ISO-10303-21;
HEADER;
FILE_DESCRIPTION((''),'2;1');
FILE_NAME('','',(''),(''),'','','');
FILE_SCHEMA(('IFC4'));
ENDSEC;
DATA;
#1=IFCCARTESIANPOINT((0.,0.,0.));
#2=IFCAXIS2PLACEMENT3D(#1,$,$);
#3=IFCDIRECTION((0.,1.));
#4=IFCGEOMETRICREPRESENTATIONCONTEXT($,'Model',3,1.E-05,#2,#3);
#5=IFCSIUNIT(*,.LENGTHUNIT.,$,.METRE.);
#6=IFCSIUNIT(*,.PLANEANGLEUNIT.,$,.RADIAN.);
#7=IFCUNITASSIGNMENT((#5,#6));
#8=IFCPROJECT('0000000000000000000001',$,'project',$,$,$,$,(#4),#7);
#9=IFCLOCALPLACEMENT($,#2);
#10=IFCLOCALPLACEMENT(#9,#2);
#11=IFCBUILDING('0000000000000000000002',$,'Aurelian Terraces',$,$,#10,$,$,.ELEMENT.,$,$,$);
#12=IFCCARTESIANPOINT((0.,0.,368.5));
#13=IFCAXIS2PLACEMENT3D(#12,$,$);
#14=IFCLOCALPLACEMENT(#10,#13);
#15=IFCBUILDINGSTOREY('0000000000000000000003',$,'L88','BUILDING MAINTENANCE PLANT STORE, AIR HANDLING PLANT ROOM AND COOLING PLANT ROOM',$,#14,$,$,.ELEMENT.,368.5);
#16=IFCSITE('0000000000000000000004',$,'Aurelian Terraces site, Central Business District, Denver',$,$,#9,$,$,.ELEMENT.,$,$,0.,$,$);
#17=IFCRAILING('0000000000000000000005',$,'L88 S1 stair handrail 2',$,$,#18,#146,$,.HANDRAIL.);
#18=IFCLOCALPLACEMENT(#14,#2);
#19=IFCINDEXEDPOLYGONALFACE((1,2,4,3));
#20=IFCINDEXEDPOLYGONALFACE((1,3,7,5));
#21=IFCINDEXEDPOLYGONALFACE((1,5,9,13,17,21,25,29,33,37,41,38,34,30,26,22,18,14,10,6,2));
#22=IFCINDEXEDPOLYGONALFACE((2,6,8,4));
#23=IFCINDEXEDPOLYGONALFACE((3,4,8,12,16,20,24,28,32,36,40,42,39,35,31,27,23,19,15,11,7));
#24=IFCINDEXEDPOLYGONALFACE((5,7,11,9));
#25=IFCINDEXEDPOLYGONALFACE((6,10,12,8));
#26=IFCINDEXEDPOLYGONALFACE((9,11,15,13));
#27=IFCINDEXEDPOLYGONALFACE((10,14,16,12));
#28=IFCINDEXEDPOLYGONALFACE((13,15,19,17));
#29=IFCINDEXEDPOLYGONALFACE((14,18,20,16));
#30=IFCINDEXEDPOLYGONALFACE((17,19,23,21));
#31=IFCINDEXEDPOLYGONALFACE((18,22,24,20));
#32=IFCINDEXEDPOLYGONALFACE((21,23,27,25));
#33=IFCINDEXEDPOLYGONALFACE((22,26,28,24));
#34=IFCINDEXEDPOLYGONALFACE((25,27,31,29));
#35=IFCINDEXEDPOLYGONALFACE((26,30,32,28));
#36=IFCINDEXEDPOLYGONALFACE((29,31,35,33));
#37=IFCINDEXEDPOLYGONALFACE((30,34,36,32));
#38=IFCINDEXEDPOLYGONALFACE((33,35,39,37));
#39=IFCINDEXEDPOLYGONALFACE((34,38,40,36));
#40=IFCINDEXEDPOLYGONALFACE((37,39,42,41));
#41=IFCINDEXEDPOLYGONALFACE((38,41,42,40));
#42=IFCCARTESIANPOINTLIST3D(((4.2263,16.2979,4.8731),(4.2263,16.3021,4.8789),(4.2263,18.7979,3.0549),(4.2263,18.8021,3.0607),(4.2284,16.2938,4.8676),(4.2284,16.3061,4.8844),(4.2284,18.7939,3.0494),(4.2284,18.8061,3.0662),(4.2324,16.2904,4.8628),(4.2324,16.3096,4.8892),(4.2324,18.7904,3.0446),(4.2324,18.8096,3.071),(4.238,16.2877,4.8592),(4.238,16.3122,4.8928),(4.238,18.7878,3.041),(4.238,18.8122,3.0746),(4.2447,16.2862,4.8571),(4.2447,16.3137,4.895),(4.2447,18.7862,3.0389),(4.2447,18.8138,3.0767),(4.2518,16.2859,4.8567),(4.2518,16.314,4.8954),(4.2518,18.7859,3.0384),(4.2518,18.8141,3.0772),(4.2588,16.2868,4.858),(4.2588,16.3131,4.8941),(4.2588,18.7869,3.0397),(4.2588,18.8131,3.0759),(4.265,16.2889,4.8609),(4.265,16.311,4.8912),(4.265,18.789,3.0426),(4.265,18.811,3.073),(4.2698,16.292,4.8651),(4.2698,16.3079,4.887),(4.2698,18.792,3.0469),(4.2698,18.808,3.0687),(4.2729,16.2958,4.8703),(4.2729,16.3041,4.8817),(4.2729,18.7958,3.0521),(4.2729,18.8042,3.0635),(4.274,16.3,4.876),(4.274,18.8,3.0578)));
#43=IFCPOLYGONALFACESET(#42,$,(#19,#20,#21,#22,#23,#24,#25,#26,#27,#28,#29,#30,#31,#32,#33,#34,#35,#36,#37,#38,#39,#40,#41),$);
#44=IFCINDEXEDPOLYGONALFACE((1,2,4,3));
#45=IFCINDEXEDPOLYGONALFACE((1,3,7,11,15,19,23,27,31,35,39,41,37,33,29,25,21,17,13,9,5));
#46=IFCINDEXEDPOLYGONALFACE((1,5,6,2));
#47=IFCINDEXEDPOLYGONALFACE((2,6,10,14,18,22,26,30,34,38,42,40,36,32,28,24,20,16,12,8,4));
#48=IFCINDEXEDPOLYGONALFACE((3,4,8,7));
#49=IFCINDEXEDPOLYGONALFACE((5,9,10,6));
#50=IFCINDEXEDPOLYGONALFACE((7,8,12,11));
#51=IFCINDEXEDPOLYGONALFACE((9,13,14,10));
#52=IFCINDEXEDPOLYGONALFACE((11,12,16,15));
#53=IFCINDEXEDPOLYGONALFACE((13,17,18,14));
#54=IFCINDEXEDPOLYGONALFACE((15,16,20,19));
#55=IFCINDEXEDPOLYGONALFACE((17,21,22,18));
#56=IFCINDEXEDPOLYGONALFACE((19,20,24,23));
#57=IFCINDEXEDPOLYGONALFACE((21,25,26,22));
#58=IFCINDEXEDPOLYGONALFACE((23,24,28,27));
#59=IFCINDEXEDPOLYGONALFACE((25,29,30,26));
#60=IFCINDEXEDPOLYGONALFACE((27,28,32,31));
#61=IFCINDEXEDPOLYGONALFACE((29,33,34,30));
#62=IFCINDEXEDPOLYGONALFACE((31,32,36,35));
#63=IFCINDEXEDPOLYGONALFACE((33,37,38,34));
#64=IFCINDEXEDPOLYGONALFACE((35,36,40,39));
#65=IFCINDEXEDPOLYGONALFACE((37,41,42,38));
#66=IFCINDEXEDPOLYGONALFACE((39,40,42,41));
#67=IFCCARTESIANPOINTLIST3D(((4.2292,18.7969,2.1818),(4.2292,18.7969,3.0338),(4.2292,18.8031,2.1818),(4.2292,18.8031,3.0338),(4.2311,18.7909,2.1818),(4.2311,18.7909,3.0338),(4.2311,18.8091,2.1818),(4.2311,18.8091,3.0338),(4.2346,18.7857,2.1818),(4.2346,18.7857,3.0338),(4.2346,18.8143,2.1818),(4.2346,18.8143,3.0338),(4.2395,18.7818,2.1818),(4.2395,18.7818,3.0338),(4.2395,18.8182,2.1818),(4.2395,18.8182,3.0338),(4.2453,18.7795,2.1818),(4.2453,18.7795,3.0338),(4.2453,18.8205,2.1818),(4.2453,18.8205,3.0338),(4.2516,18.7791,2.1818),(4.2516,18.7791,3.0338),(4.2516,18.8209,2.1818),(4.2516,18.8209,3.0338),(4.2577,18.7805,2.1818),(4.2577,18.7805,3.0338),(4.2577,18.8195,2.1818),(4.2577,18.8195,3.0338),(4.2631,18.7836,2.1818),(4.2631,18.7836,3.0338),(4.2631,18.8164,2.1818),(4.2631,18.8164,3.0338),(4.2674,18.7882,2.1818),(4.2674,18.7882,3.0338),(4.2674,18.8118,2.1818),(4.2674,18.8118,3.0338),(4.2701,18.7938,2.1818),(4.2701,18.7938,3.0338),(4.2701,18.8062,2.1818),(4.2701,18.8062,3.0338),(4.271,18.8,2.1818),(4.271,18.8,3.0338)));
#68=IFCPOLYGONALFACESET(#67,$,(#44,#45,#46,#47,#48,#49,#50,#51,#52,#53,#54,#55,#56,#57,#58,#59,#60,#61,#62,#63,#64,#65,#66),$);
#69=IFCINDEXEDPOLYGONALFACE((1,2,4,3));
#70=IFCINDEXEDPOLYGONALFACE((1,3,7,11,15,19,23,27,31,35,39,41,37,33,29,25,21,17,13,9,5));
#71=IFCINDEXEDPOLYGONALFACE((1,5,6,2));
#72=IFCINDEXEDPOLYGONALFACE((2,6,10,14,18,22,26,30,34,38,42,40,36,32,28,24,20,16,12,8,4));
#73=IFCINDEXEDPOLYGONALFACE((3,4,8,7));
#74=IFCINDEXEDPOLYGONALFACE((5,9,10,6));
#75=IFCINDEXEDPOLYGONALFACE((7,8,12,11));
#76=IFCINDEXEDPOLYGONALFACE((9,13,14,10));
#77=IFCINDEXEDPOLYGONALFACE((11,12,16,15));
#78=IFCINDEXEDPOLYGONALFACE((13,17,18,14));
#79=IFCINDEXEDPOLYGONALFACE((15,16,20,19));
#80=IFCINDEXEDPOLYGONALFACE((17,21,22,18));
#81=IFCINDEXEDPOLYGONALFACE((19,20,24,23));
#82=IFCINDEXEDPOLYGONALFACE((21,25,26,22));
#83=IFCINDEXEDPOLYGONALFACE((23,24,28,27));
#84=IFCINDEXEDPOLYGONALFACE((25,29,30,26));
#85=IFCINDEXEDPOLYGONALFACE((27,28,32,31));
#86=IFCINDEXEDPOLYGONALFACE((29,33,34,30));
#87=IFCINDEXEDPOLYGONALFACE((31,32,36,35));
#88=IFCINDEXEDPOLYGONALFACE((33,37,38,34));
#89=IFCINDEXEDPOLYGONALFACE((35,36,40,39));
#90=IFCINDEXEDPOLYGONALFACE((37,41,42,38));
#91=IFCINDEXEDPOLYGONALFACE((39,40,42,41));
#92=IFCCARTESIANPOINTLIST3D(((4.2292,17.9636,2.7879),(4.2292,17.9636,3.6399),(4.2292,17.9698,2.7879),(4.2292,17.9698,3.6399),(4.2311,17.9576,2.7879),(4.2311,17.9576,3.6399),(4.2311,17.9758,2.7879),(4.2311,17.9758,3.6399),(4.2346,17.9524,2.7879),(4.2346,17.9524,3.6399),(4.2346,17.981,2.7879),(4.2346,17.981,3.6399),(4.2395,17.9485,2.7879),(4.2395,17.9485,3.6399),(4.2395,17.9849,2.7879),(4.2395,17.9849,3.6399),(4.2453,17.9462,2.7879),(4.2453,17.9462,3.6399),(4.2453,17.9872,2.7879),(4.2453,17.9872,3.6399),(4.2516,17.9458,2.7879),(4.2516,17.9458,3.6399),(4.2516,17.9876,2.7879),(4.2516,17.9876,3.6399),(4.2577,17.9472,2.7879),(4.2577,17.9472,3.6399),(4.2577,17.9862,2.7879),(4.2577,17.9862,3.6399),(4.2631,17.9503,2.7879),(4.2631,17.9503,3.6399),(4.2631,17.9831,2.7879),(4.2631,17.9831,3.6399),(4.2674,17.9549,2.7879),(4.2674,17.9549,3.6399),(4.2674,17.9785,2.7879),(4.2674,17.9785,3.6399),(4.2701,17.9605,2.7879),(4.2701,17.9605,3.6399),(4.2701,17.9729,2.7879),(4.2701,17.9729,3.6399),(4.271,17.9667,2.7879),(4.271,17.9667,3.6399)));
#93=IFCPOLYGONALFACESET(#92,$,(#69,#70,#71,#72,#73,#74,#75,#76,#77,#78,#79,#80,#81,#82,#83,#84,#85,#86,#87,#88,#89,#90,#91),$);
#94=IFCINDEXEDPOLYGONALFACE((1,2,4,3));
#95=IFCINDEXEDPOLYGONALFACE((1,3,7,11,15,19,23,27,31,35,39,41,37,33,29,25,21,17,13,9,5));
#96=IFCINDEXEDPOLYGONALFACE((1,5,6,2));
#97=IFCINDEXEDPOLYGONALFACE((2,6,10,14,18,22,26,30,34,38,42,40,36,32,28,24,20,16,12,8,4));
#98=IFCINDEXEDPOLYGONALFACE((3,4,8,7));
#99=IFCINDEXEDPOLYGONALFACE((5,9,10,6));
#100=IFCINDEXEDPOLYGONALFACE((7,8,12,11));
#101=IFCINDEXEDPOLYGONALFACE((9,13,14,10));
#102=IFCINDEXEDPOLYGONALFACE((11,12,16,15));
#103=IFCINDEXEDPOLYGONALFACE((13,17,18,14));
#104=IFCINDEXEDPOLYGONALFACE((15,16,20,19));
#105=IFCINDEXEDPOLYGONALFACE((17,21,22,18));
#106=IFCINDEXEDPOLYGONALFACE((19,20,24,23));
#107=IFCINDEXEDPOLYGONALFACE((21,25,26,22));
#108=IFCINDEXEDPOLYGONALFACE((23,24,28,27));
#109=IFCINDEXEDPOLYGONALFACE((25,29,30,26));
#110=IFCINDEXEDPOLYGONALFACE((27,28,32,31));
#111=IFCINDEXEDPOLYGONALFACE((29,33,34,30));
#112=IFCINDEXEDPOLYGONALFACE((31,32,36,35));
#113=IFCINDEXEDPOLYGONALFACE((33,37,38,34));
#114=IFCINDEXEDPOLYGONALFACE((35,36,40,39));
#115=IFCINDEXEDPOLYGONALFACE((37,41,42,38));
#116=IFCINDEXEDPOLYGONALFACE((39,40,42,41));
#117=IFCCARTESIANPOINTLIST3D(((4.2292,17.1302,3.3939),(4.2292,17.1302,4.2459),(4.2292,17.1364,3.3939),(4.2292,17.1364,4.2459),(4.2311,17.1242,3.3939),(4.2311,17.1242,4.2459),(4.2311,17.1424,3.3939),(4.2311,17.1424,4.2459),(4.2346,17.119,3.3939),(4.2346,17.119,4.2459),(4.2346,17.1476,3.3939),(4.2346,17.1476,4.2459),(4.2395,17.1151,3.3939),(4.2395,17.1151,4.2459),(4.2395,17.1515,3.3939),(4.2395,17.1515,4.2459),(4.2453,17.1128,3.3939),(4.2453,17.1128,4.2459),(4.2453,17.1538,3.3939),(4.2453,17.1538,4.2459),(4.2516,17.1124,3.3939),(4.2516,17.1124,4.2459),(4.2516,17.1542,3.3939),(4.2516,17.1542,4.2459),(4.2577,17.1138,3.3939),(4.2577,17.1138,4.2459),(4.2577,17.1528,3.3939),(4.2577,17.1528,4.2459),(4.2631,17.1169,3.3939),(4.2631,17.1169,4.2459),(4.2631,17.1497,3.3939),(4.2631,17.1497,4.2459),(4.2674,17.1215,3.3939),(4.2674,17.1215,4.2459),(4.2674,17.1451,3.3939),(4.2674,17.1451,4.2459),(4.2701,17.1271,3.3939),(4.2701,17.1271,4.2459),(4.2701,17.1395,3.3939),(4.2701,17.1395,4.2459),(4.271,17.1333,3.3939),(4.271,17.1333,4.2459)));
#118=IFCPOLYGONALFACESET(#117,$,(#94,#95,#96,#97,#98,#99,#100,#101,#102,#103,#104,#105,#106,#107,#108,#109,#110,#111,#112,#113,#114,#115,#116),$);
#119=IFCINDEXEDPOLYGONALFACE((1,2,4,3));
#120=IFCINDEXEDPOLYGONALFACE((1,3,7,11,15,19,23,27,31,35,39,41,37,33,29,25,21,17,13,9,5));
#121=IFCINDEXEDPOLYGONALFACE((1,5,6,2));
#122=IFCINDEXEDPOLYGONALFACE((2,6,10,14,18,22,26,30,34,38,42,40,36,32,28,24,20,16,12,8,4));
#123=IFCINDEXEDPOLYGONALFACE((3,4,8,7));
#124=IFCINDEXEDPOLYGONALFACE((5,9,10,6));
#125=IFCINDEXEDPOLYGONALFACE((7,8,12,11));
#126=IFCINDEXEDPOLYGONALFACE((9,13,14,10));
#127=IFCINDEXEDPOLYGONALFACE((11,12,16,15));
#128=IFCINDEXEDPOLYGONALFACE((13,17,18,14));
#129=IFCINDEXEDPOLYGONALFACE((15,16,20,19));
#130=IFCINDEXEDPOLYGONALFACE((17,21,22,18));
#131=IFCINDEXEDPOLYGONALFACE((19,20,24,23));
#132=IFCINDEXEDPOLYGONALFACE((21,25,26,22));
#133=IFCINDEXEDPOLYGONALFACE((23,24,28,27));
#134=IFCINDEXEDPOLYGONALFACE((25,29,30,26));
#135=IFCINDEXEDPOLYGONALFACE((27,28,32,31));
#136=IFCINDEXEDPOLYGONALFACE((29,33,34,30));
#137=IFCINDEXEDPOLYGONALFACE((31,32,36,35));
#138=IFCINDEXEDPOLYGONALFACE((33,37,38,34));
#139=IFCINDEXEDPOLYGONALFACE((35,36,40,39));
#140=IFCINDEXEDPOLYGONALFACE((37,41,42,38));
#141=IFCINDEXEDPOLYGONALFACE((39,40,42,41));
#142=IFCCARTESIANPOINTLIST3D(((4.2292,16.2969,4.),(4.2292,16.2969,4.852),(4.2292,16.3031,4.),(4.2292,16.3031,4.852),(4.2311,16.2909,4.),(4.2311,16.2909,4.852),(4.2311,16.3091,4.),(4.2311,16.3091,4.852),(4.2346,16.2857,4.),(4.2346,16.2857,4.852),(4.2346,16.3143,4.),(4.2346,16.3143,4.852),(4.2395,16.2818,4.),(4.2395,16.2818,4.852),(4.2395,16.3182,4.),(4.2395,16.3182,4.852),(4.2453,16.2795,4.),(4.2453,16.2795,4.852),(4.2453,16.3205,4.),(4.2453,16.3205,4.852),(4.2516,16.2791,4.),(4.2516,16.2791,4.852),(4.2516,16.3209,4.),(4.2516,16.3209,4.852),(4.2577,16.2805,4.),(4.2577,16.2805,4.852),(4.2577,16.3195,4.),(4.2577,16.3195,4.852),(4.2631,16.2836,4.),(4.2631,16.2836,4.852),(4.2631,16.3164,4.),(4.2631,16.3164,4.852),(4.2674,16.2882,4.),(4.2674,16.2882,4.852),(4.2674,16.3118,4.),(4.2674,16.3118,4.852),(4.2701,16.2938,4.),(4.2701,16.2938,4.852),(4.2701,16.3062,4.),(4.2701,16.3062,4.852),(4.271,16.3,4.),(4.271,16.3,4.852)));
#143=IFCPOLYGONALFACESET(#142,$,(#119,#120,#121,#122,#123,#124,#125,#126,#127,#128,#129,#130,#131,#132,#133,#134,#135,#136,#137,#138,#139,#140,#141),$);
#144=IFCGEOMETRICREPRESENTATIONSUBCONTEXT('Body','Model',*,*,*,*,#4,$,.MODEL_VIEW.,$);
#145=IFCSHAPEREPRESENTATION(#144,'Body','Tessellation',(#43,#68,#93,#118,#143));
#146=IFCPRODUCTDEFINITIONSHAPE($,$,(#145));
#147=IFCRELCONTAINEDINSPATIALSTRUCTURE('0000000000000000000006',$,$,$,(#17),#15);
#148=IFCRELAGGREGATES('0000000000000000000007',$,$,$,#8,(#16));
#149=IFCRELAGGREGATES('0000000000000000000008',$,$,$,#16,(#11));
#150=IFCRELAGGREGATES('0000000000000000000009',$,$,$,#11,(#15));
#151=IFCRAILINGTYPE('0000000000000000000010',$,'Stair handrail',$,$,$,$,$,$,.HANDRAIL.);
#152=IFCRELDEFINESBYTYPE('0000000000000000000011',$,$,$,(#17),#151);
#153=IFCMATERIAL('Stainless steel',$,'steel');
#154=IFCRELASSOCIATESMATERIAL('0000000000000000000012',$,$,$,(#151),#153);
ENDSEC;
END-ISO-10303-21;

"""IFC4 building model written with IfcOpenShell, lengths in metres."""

from ifc_helpers import new_model, si_unit, direction, frame, origin, origin_2d, place, context, subcontext, project, spatial, circle, extrude, source, transform, mapped, material, type_object, element, save


model = new_model("IFC4")

# Units and contexts
model_context = context("Model", 3, precision=1e-05, world=origin(), true_north=direction((0.0, 1.0)))
body_context = subcontext(model_context, "Body", "Model", "MODEL_VIEW")
ifc_project = project(units=[si_unit("LENGTHUNIT", "METRE"), si_unit("PLANEANGLEUNIT", "RADIAN")], contexts=[model_context])

# Site, building, storey
site_placement = place(None, origin())
site = spatial("IfcSite", under=ifc_project, at=site_placement, Name="Aurelian Terraces site, Central Business District, Denver", CompositionType="ELEMENT", RefElevation=0.0)
building_placement = place(site_placement, origin())
building = spatial("IfcBuilding", under=site, at=building_placement, Name="Aurelian Terraces", CompositionType="ELEMENT")
storey_placement = place(building_placement, frame((0.0, 0.0, 368.5)))
storey = spatial("IfcBuildingStorey", under=building, at=storey_placement, Name="L88", Description="BUILDING MAINTENANCE PLANT STORE, AIR HANDLING PLANT ROOM AND COOLING PLANT ROOM", CompositionType="ELEMENT", Elevation=368.5)

# Railing
ifc_material_1 = material(Name="Stainless steel", Category="steel")
railing_type_1 = type_object("IfcRailingType", Name="Stair handrail", PredefinedType="HANDRAIL", material=ifc_material_1)
shared_shape_1 = source(origin(), body_context, "Body", "SweptSolid", [
    extrude(circle(Radius=0.024, at=origin_2d()), frame((0.0, 0.0, 0.876), z_axis=(0.0, -0.808733, 0.588176), x_axis=(1.0, 0.0, 0.0)), (0.0, 0.0, 1.0), 3.0913),
    extrude(circle(Radius=0.021, at=origin_2d()), origin(), (0.0, 0.0, 1.0), 0.852),
    extrude(circle(Radius=0.021, at=origin_2d()), frame((0.0, -0.8333, 0.6061)), (0.0, 0.0, 1.0), 0.852),
    extrude(circle(Radius=0.021, at=origin_2d()), frame((0.0, -1.6667, 1.2121)), (0.0, 0.0, 1.0), 0.852),
    extrude(circle(Radius=0.021, at=origin_2d()), frame((0.0, -2.5, 1.8182)), (0.0, 0.0, 1.0), 0.852),
])
railing_1_placement = place(storey_placement, frame((4.25, 18.8, 2.1818)))
element("IfcRailing", 1, at=railing_1_placement, inside=storey, type_object=railing_type_1, Name="L88 S1 stair handrail 2", PredefinedType="HANDRAIL", context=body_context, shape_type="MappedRepresentation", body=[
    mapped(shared_shape_1, transform((0.0, 0.0, 0.0), scale=1.0)),
])

save(model, "model.ifc")
